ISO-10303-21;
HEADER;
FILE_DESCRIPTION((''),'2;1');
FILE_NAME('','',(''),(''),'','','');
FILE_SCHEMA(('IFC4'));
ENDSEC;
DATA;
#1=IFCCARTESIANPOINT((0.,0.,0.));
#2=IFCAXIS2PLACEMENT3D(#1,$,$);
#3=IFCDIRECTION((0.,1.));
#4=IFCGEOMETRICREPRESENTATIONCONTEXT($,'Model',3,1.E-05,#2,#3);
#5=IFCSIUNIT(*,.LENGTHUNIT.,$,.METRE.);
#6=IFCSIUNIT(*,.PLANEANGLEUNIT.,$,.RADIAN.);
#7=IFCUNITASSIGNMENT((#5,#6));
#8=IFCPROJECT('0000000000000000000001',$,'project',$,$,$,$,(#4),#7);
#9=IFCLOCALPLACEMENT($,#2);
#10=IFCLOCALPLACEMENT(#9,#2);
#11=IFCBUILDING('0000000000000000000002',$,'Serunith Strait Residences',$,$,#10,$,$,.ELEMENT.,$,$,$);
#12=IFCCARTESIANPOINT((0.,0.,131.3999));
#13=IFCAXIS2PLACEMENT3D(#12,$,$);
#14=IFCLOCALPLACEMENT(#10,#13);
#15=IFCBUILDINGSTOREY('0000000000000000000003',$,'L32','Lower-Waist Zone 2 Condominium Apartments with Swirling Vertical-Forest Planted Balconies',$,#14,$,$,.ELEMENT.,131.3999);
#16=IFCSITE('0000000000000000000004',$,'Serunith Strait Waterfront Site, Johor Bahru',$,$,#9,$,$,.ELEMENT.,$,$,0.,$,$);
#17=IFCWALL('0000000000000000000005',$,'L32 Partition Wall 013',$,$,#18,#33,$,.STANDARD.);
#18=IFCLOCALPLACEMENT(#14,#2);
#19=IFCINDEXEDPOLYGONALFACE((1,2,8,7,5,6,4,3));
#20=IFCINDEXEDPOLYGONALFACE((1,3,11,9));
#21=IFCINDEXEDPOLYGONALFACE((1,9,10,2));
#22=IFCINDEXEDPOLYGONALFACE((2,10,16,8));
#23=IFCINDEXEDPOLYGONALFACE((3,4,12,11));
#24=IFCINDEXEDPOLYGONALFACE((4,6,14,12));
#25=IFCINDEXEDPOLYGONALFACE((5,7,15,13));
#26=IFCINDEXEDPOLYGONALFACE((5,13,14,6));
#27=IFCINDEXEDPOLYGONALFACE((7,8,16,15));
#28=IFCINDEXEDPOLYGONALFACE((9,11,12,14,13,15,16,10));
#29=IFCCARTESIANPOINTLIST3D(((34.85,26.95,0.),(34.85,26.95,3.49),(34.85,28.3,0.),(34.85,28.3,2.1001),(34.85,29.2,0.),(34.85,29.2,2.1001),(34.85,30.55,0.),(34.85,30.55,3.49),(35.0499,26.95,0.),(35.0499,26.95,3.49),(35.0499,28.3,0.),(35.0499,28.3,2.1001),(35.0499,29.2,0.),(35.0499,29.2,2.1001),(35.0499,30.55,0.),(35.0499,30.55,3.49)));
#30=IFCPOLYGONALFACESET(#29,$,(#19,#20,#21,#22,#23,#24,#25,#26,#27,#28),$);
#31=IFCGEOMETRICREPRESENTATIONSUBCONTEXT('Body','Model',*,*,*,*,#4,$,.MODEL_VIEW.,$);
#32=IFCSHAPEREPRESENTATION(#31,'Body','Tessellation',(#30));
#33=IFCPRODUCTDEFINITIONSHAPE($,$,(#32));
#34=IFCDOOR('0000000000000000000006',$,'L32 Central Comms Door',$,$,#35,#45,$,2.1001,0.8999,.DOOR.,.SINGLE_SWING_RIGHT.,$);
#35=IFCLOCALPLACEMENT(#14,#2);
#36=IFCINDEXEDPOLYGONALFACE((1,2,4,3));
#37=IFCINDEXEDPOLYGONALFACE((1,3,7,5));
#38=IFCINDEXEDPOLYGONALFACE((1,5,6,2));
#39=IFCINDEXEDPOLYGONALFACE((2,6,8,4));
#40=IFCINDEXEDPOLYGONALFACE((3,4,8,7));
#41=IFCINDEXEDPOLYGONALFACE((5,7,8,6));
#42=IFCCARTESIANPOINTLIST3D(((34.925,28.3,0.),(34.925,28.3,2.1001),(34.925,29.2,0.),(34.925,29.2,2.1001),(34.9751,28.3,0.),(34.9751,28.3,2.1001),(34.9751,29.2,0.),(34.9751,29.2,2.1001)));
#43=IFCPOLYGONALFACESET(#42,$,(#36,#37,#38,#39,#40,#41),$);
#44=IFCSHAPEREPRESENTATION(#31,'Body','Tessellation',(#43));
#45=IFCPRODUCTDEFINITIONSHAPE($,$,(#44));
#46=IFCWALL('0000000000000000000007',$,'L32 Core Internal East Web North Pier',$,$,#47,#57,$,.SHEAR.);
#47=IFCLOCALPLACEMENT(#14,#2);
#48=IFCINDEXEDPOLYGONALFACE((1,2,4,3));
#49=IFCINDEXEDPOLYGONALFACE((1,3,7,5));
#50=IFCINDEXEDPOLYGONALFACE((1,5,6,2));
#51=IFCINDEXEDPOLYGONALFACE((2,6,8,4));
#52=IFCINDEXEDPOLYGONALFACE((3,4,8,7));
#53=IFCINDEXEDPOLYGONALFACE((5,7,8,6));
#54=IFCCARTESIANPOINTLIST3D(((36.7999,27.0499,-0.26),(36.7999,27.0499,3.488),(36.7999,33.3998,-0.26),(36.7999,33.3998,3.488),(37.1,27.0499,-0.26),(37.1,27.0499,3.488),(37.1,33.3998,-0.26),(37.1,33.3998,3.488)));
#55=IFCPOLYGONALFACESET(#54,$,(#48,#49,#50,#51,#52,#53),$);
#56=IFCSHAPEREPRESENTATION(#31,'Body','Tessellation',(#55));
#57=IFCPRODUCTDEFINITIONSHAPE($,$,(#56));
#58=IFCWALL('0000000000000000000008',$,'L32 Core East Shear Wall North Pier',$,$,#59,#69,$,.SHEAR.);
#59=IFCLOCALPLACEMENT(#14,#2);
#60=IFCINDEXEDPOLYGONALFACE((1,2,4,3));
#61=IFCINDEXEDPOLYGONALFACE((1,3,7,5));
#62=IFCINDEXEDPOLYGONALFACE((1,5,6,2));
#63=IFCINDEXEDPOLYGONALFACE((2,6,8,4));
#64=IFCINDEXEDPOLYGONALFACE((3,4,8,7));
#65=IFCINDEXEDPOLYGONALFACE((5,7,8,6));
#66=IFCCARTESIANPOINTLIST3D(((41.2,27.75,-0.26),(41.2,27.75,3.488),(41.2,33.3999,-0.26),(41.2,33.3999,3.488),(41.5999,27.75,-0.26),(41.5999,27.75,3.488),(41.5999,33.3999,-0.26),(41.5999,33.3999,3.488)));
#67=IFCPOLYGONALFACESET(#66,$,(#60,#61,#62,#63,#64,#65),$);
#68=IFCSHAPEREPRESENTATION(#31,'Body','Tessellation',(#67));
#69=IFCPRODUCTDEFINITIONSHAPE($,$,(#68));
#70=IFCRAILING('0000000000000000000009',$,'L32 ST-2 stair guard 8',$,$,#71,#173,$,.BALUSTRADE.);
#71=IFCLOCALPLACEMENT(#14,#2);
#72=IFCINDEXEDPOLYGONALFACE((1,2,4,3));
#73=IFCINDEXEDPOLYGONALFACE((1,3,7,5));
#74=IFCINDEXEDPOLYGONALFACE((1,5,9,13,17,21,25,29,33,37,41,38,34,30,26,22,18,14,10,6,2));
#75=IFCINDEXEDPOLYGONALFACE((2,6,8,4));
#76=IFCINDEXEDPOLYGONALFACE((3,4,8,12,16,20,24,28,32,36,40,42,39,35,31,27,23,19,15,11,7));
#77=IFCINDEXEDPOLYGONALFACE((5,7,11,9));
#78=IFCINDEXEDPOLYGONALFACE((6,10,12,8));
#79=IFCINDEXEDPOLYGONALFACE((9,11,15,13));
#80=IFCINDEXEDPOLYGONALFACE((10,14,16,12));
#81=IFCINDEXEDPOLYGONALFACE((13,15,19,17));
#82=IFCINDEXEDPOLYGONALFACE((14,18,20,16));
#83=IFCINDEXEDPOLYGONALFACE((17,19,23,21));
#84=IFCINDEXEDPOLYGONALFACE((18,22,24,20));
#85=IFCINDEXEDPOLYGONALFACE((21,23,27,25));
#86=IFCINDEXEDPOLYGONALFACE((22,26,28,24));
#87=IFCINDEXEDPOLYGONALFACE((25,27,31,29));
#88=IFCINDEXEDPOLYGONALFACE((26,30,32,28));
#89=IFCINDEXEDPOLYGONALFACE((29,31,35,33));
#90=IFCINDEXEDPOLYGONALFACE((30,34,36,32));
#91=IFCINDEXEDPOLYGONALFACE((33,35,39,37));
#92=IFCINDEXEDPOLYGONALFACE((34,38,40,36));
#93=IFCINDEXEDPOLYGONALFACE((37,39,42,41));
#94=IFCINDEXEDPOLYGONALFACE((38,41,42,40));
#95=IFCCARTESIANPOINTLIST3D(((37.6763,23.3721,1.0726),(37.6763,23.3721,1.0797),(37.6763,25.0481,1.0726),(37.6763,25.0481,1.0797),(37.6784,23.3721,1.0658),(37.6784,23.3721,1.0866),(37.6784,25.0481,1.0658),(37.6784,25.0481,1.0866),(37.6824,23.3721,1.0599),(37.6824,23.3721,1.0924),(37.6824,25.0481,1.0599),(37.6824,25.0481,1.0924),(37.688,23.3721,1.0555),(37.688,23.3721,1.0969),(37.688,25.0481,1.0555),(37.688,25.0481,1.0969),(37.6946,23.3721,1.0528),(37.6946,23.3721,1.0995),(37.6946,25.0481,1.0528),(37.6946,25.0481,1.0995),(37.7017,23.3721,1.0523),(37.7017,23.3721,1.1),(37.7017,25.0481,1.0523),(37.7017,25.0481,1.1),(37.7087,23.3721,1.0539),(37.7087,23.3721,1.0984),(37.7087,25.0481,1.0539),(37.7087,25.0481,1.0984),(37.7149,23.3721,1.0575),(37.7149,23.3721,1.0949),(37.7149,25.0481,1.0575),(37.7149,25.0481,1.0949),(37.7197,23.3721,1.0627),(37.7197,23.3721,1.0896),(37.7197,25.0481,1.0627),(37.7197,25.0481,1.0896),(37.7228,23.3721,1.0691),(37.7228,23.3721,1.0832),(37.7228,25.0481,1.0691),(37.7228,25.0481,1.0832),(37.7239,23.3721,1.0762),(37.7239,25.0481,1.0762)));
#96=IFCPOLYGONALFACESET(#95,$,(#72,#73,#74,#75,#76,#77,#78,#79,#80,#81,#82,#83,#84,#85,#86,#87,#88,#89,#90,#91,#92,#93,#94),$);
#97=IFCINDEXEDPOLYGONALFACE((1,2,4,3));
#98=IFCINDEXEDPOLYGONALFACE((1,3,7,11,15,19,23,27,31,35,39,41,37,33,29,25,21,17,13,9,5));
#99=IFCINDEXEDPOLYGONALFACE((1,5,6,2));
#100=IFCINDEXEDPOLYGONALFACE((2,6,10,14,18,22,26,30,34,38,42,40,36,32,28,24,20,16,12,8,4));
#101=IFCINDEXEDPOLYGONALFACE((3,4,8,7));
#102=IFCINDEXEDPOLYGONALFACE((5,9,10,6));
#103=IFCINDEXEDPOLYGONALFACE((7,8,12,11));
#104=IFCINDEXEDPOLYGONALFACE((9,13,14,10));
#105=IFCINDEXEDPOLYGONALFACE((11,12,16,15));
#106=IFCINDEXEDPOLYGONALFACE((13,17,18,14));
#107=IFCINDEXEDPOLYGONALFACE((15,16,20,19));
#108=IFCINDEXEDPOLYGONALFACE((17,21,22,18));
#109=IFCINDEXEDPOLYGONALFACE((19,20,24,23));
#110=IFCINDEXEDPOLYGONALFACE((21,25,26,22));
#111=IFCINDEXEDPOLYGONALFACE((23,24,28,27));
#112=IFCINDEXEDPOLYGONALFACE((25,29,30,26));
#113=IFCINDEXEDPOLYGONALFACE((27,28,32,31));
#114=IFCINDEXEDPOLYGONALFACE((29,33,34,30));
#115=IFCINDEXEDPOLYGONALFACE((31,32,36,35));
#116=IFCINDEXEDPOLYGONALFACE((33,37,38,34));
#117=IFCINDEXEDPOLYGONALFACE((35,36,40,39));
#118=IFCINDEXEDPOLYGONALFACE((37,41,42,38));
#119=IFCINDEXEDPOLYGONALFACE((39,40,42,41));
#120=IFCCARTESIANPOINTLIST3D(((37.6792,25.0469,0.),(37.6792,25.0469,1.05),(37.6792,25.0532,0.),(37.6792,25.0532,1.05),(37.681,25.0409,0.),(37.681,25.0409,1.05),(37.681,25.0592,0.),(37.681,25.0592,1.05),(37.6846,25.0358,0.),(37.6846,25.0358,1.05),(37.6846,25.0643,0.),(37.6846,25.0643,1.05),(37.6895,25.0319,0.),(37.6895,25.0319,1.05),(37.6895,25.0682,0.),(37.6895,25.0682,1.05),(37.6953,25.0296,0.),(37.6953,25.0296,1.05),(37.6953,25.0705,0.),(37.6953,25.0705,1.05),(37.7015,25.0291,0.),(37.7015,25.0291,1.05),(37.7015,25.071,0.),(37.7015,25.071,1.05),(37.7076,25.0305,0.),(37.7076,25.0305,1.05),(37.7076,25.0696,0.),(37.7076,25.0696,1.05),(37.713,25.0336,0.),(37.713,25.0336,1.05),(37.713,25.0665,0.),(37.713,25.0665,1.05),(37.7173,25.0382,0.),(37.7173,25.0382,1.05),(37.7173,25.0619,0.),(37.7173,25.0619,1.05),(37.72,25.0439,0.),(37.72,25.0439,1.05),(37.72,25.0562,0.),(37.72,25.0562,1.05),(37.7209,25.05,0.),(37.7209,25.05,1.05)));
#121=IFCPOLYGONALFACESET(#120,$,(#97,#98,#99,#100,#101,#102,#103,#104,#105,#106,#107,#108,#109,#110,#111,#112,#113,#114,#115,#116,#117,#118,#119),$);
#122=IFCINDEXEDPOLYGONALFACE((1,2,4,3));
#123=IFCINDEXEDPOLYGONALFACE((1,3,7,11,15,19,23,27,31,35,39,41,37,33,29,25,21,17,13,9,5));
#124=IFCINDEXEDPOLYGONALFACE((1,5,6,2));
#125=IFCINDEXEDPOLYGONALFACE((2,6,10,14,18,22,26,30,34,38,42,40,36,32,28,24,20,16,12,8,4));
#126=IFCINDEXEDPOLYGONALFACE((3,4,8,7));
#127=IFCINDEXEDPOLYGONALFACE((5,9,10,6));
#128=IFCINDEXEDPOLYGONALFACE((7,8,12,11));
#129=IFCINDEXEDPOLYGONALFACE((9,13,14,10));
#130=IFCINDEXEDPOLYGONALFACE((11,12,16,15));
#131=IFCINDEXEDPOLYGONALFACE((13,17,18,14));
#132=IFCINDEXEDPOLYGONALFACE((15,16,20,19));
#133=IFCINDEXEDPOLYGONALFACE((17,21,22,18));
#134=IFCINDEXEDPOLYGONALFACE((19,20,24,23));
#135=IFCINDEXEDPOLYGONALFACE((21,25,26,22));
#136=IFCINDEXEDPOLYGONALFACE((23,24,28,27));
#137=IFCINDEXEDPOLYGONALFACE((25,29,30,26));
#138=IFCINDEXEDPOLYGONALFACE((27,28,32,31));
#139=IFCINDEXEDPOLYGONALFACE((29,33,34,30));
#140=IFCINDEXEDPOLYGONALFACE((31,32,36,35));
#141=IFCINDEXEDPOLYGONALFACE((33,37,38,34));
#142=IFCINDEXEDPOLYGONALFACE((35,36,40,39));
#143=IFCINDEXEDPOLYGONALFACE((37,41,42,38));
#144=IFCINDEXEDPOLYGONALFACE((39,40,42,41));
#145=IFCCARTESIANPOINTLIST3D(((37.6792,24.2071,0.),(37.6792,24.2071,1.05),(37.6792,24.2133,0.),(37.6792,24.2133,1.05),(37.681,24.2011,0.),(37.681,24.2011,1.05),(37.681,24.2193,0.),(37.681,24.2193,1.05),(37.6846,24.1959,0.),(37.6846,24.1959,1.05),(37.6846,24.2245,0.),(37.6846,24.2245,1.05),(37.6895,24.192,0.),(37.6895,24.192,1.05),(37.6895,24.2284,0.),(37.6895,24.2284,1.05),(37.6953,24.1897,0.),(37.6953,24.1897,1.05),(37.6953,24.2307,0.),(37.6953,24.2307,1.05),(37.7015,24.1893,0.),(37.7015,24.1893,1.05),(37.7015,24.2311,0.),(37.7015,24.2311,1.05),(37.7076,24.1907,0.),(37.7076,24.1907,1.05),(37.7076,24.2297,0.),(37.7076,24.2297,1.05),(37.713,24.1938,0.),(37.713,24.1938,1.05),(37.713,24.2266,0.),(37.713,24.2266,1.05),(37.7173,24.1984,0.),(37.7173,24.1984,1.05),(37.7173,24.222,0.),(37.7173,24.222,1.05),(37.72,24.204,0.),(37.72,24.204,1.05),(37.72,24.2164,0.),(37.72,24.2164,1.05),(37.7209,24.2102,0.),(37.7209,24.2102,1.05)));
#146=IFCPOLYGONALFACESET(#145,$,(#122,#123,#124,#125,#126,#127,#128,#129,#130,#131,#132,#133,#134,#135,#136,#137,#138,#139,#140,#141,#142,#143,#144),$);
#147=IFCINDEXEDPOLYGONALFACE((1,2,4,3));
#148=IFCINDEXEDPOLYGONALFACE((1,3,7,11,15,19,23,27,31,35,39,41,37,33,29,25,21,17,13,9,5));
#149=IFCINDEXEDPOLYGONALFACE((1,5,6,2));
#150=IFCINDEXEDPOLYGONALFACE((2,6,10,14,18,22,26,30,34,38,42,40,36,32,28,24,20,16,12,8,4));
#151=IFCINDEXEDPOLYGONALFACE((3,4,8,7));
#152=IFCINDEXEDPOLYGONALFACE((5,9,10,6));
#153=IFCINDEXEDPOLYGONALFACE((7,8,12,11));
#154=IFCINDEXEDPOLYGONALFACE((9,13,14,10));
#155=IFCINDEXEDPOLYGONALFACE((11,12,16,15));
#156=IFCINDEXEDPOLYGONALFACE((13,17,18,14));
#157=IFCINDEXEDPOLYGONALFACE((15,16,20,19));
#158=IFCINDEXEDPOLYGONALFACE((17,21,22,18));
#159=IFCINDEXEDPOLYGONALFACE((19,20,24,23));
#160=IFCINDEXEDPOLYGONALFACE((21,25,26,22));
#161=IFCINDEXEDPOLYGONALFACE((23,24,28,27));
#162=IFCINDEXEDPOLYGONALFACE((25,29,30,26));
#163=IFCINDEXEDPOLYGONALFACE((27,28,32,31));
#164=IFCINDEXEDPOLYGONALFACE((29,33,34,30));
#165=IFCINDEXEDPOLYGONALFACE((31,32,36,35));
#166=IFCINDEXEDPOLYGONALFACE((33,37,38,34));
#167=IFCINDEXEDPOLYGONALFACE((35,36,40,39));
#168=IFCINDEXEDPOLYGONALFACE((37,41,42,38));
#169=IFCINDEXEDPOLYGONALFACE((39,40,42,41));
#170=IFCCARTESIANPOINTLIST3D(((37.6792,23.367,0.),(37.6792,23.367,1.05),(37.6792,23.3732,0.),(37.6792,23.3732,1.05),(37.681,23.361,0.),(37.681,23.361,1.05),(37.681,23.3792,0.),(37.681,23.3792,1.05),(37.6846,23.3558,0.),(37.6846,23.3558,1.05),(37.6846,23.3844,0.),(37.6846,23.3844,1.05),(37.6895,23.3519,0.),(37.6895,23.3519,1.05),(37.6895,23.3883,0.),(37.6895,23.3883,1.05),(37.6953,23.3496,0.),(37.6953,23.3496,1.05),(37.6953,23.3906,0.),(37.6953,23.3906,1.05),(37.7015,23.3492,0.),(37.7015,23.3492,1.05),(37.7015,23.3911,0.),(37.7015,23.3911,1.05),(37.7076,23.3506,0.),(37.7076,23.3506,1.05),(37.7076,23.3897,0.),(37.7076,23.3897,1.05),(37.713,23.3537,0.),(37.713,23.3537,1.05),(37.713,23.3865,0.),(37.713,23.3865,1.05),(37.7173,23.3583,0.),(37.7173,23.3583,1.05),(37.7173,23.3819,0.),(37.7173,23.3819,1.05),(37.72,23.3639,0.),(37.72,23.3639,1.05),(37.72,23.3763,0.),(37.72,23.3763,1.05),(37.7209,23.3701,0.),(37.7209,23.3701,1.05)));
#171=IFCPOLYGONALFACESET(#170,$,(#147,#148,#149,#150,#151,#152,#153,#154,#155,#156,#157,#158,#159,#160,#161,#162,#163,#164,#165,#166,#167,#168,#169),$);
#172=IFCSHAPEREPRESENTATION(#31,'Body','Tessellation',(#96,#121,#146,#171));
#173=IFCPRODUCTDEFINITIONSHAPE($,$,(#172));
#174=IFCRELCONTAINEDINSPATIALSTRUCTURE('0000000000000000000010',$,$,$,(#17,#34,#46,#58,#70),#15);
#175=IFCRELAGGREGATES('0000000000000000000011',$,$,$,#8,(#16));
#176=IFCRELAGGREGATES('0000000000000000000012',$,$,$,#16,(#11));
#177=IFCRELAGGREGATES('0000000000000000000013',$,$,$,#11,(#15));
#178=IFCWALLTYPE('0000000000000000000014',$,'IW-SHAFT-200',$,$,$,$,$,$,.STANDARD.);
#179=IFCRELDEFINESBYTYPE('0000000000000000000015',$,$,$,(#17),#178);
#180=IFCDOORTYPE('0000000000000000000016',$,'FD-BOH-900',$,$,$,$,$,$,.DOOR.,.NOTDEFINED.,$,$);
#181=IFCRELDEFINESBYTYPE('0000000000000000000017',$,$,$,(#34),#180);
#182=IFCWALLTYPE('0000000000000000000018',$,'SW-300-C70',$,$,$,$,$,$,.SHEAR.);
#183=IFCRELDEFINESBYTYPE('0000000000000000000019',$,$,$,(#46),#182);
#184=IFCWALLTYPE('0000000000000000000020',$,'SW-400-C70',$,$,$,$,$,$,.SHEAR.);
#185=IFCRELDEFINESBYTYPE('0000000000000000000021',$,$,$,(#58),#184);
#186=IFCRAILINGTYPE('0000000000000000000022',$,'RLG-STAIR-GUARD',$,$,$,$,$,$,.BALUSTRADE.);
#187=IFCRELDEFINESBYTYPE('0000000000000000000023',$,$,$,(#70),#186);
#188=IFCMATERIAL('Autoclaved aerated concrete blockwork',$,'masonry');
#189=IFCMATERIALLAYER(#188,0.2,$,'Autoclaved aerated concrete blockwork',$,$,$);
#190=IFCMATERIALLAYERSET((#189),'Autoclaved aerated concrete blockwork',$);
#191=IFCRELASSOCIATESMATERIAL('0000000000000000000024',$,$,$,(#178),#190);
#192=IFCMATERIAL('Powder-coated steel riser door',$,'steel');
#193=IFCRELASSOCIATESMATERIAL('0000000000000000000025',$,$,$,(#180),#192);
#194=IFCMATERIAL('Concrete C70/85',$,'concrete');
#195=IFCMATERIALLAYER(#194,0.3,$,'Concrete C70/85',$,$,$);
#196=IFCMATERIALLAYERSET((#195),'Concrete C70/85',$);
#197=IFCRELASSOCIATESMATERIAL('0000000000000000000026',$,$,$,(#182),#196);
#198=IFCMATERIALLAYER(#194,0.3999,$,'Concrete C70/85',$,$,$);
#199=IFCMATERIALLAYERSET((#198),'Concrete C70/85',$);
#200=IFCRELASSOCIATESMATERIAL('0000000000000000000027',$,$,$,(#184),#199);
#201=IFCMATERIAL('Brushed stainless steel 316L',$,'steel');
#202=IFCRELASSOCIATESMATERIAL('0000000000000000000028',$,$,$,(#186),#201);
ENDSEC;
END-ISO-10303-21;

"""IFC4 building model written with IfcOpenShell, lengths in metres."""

from ifc_helpers import new_model, si_unit, direction, frame, frame_2d, origin, origin_2d, place, context, subcontext, project, spatial, rectangle, circle, extrude, source, transform, mapped, material, layer, layer_set, type_object, element, fill, save


model = new_model("IFC4")

# Units and contexts
model_context = context("Model", 3, precision=1e-05, world=origin(), true_north=direction((0.0, 1.0)))
body_context = subcontext(model_context, "Body", "Model", "MODEL_VIEW")
ifc_project = project(units=[si_unit("LENGTHUNIT", "METRE"), si_unit("PLANEANGLEUNIT", "RADIAN")], contexts=[model_context])

# Site, building, storey
site_placement = place(None, origin())
site = spatial("IfcSite", under=ifc_project, at=site_placement, Name="Serunith Strait Waterfront Site, Johor Bahru", CompositionType="ELEMENT", RefElevation=0.0)
building_placement = place(site_placement, origin())
building = spatial("IfcBuilding", under=site, at=building_placement, Name="Serunith Strait Residences", CompositionType="ELEMENT")
storey_placement = place(building_placement, frame((0.0, 0.0, 131.3999)))
storey = spatial("IfcBuildingStorey", under=building, at=storey_placement, Name="L32", Description="Lower-Waist Zone 2 Condominium Apartments with Swirling Vertical-Forest Planted Balconies", CompositionType="ELEMENT", Elevation=131.3999)

# Shared definitions
ifc_material_1 = material(Name="Autoclaved aerated concrete blockwork", Category="masonry")
ifc_layer_1 = layer(ifc_material_1, 0.2, Name="Autoclaved aerated concrete blockwork")
ifc_layer_set_1 = layer_set([ifc_layer_1], Name="Autoclaved aerated concrete blockwork")
wall_type_1 = type_object("IfcWallType", Name="IW-SHAFT-200", PredefinedType="STANDARD", material=ifc_layer_set_1)

# Wall, opening, door
wall_1_placement = place(storey_placement, frame((34.95, 26.95, 0.0), z_axis=(0.0, 0.0, 1.0), x_axis=(0.0, 1.0, 0.0)))
wall_1 = element("IfcWall", 1, at=wall_1_placement, inside=storey, type_object=wall_type_1, Name="L32 Partition Wall 013", PredefinedType="STANDARD", context=body_context, shape_type="SweptSolid", body=[
    extrude(rectangle(XDim=3.6001, YDim=0.2, at=frame_2d((1.8, 0.0))), origin(), (0.0, 0.0, 1.0), 3.49),
])
opening_1_placement = place(wall_1_placement, frame((1.3501, 0.0, 0.0)))
opening_1 = element("IfcOpeningElement", 2, at=opening_1_placement, cuts=wall_1, PredefinedType="OPENING", context=body_context, shape_type="SweptSolid", body=[
    extrude(rectangle(XDim=0.8999, YDim=2.1001, at=frame_2d((0.45, 1.05))), frame((0.0, 0.1099, 0.0), z_axis=(0.0, -1.0, 0.0), x_axis=(1.0, 0.0, 0.0)), (0.0, 0.0, 1.0), 0.22),
])
ifc_material_2 = material(Name="Powder-coated steel riser door", Category="steel")
door_type_1 = type_object("IfcDoorType", Name="FD-BOH-900", OperationType="NOTDEFINED", PredefinedType="DOOR", material=ifc_material_2)
shared_shape_1 = source(origin(), body_context, "Body", "SweptSolid", [
    extrude(rectangle(XDim=0.8999, YDim=2.1001, at=frame_2d((0.45, 1.05))), frame((0.0, 0.0249, 0.0), z_axis=(0.0, -1.0, 0.0), x_axis=(1.0, 0.0, 0.0)), (0.0, 0.0, 1.0), 0.05),
])
door_1_placement = place(opening_1_placement, origin())
door_1 = element("IfcDoor", 3, at=door_1_placement, inside=storey, type_object=door_type_1, Name="L32 Central Comms Door", OperationType="SINGLE_SWING_RIGHT", OverallHeight=2.1001, OverallWidth=0.8999, PredefinedType="DOOR", context=body_context, shape_type="MappedRepresentation", body=[
    mapped(shared_shape_1, transform((0.0, 0.0, 0.0), scale=1.0)),
])
fill(opening_1, door_1)

# Walls
ifc_material_3 = material(Name="Concrete C70/85", Category="concrete")
ifc_layer_2 = layer(ifc_material_3, 0.3, Name="Concrete C70/85")
ifc_layer_set_2 = layer_set([ifc_layer_2], Name="Concrete C70/85")
wall_type_2 = type_object("IfcWallType", Name="SW-300-C70", PredefinedType="SHEAR", material=ifc_layer_set_2)
wall_2_placement = place(storey_placement, frame((36.95, 27.05, -0.26), z_axis=(0.0, 0.0, 1.0), x_axis=(0.0, 1.0, 0.0)))
element("IfcWall", 4, at=wall_2_placement, inside=storey, type_object=wall_type_2, Name="L32 Core Internal East Web North Pier", PredefinedType="SHEAR", context=body_context, shape_type="SweptSolid", body=[
    extrude(rectangle(XDim=6.3499, YDim=0.3, at=frame_2d((3.1748, 0.0))), origin(), (0.0, 0.0, 1.0), 3.748),
])
ifc_layer_3 = layer(ifc_material_3, 0.3999, Name="Concrete C70/85")
ifc_layer_set_3 = layer_set([ifc_layer_3], Name="Concrete C70/85")
wall_type_3 = type_object("IfcWallType", Name="SW-400-C70", PredefinedType="SHEAR", material=ifc_layer_set_3)
wall_3_placement = place(storey_placement, frame((41.3999, 27.75, -0.26), z_axis=(0.0, 0.0, 1.0), x_axis=(0.0, 1.0, 0.0)))
element("IfcWall", 5, at=wall_3_placement, inside=storey, type_object=wall_type_3, Name="L32 Core East Shear Wall North Pier", PredefinedType="SHEAR", context=body_context, shape_type="SweptSolid", body=[
    extrude(rectangle(XDim=5.6499, YDim=0.3999, at=frame_2d((2.825, 0.0))), origin(), (0.0, 0.0, 1.0), 3.748),
])

# Railing
ifc_material_4 = material(Name="Brushed stainless steel 316L", Category="steel")
railing_type = type_object("IfcRailingType", Name="RLG-STAIR-GUARD", PredefinedType="BALUSTRADE", material=ifc_material_4)
for number, where, name in (
    (6, (37.7, 25.05, 0.0), "L32 ST-2 stair guard 8"),
):
    element("IfcRailing", number, at=place(storey_placement, frame(where)), inside=storey, type_object=railing_type, Name=name, PredefinedType="BALUSTRADE", context=body_context, shape_type="SweptSolid", body=[
        extrude(circle(Radius=0.0239, at=origin_2d()), frame((0.0, -0.002, 1.0762), z_axis=(0.0, -1.0, 0.0), x_axis=(1.0, 0.0, 0.0)), (0.0, 0.0, 1.0), 1.676),
        extrude(circle(Radius=0.021, at=origin_2d()), origin(), (0.0, 0.0, 1.0), 1.05),
        extrude(circle(Radius=0.021, at=origin_2d()), frame((0.0, -0.8398, 0.0)), (0.0, 0.0, 1.0), 1.05),
        extrude(circle(Radius=0.021, at=origin_2d()), frame((0.0, -1.6799, 0.0)), (0.0, 0.0, 1.0), 1.05),
    ])

save(model, "model.ifc")
